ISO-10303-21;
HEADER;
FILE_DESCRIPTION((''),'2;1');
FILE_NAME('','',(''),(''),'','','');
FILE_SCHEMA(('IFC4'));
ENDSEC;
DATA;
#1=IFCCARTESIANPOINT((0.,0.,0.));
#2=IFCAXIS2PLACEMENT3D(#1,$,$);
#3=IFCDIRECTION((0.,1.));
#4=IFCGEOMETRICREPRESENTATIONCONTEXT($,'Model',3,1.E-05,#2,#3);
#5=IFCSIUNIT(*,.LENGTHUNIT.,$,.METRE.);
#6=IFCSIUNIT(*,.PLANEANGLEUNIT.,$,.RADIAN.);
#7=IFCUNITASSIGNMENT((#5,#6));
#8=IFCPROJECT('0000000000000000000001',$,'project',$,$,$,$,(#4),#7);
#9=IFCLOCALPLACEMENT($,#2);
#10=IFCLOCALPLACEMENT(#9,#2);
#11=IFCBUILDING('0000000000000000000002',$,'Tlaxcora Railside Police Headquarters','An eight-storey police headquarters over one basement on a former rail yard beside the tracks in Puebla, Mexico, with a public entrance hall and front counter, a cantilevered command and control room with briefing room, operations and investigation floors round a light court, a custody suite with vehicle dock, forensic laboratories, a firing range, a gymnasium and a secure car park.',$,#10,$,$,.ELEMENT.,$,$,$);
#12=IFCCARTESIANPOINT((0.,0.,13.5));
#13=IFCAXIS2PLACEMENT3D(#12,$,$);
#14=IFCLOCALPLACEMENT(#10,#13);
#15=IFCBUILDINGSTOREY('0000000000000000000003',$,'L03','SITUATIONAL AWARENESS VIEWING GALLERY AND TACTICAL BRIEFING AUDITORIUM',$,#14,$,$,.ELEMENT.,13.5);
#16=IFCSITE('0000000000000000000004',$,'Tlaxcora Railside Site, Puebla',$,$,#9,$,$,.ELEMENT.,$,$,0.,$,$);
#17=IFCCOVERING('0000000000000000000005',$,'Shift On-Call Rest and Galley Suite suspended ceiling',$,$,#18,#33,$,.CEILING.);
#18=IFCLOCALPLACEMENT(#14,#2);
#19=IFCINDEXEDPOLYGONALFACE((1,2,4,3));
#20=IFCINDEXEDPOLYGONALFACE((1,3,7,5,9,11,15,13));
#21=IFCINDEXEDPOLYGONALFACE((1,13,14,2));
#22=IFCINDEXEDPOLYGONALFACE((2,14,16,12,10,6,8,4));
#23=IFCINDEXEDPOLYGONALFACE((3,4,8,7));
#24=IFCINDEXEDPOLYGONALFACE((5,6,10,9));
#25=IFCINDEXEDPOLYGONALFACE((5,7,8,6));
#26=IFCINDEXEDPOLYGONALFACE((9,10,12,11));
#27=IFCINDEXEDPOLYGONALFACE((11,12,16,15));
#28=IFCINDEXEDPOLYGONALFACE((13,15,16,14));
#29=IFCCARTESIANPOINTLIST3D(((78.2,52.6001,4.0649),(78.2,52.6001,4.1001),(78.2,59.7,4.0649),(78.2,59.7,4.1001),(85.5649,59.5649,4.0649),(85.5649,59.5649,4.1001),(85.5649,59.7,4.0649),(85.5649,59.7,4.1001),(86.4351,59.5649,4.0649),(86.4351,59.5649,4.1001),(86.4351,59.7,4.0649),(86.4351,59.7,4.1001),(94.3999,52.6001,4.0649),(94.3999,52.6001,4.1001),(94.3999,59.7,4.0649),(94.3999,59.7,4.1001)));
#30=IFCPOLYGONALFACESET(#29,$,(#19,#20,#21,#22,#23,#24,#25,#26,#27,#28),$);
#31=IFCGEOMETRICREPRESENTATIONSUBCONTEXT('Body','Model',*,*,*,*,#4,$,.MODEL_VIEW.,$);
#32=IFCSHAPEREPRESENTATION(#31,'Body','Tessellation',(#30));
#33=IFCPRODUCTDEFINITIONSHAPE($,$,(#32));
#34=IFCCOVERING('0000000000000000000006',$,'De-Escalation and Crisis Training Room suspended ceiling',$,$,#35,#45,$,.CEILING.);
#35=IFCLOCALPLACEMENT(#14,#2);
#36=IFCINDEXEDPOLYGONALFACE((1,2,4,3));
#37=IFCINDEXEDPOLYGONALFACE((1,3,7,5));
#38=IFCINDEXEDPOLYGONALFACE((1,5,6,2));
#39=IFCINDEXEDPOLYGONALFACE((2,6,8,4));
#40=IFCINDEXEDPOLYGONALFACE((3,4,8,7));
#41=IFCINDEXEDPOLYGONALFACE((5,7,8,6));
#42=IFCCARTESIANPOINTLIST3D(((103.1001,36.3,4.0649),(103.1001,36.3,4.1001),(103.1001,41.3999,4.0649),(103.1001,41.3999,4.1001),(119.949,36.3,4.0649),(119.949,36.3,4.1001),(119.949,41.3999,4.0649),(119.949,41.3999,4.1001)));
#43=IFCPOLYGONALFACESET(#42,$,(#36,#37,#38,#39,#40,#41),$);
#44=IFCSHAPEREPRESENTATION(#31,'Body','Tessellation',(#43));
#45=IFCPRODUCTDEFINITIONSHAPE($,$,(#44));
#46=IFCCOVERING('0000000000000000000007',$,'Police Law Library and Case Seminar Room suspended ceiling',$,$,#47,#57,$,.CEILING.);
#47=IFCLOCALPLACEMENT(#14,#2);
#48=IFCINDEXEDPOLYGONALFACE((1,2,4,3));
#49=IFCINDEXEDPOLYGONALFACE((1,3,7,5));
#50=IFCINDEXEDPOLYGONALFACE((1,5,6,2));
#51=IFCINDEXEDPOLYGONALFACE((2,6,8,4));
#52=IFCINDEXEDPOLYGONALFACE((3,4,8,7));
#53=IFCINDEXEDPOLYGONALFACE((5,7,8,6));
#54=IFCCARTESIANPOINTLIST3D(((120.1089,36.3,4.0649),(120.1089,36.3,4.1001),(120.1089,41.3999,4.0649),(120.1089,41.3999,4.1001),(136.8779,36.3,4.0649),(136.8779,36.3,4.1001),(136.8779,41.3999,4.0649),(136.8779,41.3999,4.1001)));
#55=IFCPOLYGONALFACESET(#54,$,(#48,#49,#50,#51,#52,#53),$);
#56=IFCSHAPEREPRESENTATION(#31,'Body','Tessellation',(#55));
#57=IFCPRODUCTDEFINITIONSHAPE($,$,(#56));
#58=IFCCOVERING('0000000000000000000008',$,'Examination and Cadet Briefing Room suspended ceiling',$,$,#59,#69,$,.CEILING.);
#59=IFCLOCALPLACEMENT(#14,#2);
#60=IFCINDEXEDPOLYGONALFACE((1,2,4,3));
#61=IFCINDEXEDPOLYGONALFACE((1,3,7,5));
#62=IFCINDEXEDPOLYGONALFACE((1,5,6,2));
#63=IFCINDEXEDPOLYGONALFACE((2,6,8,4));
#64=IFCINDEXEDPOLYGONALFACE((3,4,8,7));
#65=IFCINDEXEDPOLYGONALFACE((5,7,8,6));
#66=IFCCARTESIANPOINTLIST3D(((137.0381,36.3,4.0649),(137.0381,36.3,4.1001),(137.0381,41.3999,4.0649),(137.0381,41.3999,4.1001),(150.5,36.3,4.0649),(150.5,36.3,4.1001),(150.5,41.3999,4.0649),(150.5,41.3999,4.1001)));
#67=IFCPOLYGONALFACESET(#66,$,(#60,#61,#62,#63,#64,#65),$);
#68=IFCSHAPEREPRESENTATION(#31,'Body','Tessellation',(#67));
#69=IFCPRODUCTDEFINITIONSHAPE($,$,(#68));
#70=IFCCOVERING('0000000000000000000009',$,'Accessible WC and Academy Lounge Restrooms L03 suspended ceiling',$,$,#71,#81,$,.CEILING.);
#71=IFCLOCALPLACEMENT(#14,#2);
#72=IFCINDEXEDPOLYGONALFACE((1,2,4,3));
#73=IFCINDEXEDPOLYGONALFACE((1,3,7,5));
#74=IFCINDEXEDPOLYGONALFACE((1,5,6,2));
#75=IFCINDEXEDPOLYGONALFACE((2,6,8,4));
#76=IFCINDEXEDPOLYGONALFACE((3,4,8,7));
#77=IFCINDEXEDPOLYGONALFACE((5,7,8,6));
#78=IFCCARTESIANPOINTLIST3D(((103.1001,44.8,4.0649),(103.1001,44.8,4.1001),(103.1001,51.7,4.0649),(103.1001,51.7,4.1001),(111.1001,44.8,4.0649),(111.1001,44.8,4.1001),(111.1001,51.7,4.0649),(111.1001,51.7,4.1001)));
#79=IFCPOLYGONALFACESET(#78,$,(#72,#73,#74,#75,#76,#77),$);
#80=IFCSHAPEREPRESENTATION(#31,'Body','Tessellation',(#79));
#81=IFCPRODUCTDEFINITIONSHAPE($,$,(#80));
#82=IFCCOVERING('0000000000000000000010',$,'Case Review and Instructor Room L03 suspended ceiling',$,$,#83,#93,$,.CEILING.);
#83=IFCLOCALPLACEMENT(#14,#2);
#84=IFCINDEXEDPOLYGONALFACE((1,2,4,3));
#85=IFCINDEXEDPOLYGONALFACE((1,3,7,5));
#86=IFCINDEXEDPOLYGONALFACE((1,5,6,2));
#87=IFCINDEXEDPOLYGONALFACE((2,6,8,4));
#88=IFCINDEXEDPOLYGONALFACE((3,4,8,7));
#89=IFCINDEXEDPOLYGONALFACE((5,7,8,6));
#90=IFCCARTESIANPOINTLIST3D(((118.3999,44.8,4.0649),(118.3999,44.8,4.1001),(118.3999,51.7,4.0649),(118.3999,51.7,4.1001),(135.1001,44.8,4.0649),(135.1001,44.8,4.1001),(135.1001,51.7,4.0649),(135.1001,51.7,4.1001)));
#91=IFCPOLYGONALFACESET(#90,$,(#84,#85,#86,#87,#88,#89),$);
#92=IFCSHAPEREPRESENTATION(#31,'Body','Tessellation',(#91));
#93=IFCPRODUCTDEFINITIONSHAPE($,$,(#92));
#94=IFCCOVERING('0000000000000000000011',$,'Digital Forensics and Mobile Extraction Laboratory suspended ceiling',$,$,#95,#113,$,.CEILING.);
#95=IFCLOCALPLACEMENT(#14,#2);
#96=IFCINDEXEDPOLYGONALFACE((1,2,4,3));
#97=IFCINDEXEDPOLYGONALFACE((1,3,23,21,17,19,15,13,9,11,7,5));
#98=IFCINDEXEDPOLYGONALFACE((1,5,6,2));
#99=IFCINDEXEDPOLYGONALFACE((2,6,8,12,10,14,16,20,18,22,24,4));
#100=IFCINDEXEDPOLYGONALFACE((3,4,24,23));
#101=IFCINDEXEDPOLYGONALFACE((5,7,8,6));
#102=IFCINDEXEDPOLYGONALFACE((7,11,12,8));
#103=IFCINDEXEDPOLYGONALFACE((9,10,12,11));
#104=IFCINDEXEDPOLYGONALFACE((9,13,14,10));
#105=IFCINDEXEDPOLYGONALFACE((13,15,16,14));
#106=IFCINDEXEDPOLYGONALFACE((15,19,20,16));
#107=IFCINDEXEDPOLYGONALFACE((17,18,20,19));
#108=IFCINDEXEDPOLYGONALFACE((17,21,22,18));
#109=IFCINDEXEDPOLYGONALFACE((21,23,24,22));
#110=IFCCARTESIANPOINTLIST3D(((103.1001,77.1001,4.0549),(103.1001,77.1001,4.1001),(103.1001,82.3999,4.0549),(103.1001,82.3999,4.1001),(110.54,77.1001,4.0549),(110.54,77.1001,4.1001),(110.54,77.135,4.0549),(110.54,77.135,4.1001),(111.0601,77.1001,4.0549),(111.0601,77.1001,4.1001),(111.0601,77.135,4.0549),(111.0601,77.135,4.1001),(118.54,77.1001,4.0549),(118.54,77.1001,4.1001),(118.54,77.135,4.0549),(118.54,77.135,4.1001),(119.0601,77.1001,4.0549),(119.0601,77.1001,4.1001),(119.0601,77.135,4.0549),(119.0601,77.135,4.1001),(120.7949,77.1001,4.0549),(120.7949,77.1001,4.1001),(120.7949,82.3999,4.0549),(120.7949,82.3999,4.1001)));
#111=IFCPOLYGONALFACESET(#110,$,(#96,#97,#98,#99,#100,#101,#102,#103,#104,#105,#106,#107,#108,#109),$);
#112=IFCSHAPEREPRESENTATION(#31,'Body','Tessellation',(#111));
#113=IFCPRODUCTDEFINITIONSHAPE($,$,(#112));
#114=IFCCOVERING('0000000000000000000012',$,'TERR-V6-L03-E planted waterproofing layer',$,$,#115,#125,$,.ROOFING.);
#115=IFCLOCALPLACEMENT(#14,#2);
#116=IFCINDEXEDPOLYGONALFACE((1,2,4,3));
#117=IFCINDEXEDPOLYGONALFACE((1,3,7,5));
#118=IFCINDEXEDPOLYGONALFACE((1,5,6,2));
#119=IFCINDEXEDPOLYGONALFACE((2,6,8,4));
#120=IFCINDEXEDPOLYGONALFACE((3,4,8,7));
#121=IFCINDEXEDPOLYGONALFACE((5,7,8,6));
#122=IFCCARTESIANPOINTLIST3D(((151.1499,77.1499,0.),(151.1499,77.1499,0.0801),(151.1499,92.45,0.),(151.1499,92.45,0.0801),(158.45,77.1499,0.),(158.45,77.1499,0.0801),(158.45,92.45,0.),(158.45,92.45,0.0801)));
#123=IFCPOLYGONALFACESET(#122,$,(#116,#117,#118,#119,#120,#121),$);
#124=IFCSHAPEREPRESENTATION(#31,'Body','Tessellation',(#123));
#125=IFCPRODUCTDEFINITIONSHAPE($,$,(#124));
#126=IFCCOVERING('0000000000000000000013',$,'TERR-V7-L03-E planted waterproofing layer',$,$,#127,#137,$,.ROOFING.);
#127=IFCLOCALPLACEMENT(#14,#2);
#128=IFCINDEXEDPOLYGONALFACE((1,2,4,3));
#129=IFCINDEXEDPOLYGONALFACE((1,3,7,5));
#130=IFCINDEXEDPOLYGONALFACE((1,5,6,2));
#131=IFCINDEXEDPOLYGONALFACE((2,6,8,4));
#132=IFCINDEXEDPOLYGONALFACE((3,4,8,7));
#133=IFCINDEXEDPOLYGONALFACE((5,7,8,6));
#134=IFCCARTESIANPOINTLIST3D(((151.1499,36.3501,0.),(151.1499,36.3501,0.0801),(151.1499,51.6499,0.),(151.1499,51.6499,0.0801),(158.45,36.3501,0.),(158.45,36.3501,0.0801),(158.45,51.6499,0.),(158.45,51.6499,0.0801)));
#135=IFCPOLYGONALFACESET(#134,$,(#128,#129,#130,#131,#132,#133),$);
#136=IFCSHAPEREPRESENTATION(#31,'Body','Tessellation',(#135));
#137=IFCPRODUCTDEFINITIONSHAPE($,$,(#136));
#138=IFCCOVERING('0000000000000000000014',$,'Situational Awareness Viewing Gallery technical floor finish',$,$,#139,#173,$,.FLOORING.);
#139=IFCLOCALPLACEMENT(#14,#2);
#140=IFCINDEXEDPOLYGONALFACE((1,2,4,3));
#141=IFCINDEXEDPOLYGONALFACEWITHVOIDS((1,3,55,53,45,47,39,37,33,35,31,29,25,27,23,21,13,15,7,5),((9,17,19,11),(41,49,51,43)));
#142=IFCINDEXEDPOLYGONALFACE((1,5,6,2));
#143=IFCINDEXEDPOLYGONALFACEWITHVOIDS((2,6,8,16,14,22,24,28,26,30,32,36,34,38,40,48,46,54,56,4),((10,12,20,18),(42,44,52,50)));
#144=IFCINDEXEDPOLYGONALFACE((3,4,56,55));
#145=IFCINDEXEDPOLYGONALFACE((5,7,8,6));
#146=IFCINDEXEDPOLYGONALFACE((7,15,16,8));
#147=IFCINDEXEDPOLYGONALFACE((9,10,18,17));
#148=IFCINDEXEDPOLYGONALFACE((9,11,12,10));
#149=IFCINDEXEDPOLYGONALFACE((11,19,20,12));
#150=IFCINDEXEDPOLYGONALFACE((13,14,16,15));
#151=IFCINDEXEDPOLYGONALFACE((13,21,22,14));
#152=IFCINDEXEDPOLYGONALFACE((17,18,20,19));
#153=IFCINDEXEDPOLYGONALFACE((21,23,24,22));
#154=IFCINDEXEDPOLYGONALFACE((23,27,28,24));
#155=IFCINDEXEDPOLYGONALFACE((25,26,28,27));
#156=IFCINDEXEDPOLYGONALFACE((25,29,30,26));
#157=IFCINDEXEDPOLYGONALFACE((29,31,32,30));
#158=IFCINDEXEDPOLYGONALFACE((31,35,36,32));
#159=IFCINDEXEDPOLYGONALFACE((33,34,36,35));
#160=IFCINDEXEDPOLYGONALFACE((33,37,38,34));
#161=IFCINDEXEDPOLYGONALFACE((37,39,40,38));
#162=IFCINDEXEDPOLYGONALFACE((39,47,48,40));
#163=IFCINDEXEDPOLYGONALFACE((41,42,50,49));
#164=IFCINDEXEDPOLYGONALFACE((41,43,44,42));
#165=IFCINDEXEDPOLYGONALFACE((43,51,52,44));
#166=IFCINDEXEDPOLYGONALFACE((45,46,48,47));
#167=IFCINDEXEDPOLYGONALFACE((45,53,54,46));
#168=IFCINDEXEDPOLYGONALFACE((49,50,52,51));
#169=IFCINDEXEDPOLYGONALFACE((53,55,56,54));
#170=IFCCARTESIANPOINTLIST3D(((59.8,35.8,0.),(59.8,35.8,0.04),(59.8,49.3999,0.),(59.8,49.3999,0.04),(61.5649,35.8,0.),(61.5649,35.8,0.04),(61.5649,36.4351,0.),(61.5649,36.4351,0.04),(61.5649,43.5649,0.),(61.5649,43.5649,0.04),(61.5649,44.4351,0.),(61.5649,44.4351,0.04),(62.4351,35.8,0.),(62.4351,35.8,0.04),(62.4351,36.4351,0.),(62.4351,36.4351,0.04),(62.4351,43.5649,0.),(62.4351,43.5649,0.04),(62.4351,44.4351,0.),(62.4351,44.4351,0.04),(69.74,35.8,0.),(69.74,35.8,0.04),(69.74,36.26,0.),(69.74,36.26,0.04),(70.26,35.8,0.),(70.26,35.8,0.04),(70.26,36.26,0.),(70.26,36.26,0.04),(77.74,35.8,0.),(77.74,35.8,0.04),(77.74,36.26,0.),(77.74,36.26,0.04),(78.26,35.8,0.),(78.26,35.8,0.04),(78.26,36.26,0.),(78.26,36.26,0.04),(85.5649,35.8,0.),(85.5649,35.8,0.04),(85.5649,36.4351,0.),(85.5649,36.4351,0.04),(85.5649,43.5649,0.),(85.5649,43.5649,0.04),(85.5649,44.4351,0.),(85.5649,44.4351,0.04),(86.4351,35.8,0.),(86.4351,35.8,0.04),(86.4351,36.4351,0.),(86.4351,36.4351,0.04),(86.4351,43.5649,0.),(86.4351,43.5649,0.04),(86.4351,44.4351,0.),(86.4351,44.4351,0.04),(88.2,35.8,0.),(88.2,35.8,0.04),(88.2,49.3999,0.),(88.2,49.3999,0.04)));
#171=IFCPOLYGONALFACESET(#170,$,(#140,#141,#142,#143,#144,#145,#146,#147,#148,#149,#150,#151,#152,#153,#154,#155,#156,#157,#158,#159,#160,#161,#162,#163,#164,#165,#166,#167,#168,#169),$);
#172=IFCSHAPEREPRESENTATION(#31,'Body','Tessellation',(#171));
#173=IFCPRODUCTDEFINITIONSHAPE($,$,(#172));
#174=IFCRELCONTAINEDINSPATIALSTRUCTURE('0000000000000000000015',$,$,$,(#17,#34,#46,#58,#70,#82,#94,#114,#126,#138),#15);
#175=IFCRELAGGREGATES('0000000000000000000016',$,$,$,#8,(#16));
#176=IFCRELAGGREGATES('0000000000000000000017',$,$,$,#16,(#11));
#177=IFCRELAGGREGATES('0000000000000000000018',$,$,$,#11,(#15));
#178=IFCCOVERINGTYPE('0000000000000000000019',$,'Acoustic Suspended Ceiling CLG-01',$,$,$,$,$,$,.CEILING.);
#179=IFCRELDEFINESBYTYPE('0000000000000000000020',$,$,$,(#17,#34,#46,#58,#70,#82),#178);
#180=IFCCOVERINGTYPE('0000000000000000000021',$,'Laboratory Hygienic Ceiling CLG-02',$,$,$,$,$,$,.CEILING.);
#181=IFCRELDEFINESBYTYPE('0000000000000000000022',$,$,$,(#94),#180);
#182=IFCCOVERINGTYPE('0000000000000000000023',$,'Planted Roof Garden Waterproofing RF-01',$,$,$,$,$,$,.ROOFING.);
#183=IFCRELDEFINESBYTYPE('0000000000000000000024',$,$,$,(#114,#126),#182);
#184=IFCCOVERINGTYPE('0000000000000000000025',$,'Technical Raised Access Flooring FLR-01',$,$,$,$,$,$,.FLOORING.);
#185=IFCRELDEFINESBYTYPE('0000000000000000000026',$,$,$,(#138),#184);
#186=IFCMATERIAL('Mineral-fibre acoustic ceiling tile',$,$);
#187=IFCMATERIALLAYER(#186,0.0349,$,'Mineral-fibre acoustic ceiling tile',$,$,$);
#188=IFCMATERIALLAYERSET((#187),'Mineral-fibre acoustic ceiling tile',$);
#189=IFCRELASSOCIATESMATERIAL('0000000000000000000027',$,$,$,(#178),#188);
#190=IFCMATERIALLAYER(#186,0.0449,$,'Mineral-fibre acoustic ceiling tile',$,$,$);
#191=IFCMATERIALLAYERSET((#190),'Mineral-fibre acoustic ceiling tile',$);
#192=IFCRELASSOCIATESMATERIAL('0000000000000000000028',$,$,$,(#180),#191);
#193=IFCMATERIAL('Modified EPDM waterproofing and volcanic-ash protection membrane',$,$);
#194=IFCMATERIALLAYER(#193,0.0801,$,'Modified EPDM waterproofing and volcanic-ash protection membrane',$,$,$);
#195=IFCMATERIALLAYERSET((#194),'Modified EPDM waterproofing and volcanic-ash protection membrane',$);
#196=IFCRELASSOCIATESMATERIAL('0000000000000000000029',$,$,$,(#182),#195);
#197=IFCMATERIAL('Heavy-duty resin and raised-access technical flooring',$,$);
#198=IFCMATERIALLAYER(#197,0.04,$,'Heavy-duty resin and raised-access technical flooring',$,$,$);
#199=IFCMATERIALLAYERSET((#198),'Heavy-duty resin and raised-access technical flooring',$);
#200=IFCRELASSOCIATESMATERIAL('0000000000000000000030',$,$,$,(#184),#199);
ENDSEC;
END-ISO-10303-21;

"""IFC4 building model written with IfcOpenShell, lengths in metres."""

from ifc_helpers import new_model, si_unit, direction, frame, origin, place, context, subcontext, project, spatial, polyline, outline, extrude, material, layer, layer_set, type_object, element, save


model = new_model("IFC4")

# Units and contexts
model_context = context("Model", 3, precision=1e-05, world=origin(), true_north=direction((0.0, 1.0)))
body_context = subcontext(model_context, "Body", "Model", "MODEL_VIEW")
ifc_project = project(units=[si_unit("LENGTHUNIT", "METRE"), si_unit("PLANEANGLEUNIT", "RADIAN")], contexts=[model_context])

# Site, building, storey
site_placement = place(None, origin())
site = spatial("IfcSite", under=ifc_project, at=site_placement, Name="Tlaxcora Railside Site, Puebla", CompositionType="ELEMENT", RefElevation=0.0)
building_placement = place(site_placement, origin())
building = spatial("IfcBuilding", under=site, at=building_placement, Name="Tlaxcora Railside Police Headquarters", Description="An eight-storey police headquarters over one basement on a former rail yard beside the tracks in Puebla, Mexico, with a public entrance hall and front counter, a cantilevered command and control room with briefing room, operations and investigation floors round a light court, a custody suite with vehicle dock, forensic laboratories, a firing range, a gymnasium and a secure car park.", CompositionType="ELEMENT")
storey_placement = place(building_placement, frame((0.0, 0.0, 13.5)))
storey = spatial("IfcBuildingStorey", under=building, at=storey_placement, Name="L03", Description="SITUATIONAL AWARENESS VIEWING GALLERY AND TACTICAL BRIEFING AUDITORIUM", CompositionType="ELEMENT", Elevation=13.5)

# Coverings
ifc_material_1 = material(Name="Mineral-fibre acoustic ceiling tile")
ifc_layer_1 = layer(ifc_material_1, 0.0349, Name="Mineral-fibre acoustic ceiling tile")
ifc_layer_set_1 = layer_set([ifc_layer_1], Name="Mineral-fibre acoustic ceiling tile")
covering_type_1 = type_object("IfcCoveringType", Name="Acoustic Suspended Ceiling CLG-01", PredefinedType="CEILING", material=ifc_layer_set_1)
covering_1_placement = place(storey_placement, frame((0.0, 0.0, 4.0649)))
element("IfcCovering", 1, at=covering_1_placement, inside=storey, type_object=covering_type_1, Name="Shift On-Call Rest and Galley Suite suspended ceiling", PredefinedType="CEILING", context=body_context, shape_type="SweptSolid", body=[
    extrude(outline(polyline([(78.2, 59.7), (78.2, 52.6001), (94.3999, 52.6001), (94.3999, 59.7), (86.4351, 59.7), (86.4351, 59.5649), (85.5649, 59.5649), (85.5649, 59.7), (78.2, 59.7)])), origin(), (0.0, 0.0, 1.0), 0.0352),
])
covering_2_placement = place(storey_placement, frame((0.0, 0.0, 4.0649)))
element("IfcCovering", 2, at=covering_2_placement, inside=storey, type_object=covering_type_1, Name="De-Escalation and Crisis Training Room suspended ceiling", PredefinedType="CEILING", context=body_context, shape_type="SweptSolid", body=[
    extrude(outline(polyline([(103.1001, 36.3), (119.949, 36.3), (119.949, 41.3999), (103.1001, 41.3999), (103.1001, 36.3)])), origin(), (0.0, 0.0, 1.0), 0.0352),
])
covering_3_placement = place(storey_placement, frame((0.0, 0.0, 4.0649)))
element("IfcCovering", 3, at=covering_3_placement, inside=storey, type_object=covering_type_1, Name="Police Law Library and Case Seminar Room suspended ceiling", PredefinedType="CEILING", context=body_context, shape_type="SweptSolid", body=[
    extrude(outline(polyline([(120.1089, 36.3), (136.8779, 36.3), (136.8779, 41.3999), (120.1089, 41.3999), (120.1089, 36.3)])), origin(), (0.0, 0.0, 1.0), 0.0352),
])
covering_4_placement = place(storey_placement, frame((0.0, 0.0, 4.0649)))
element("IfcCovering", 4, at=covering_4_placement, inside=storey, type_object=covering_type_1, Name="Examination and Cadet Briefing Room suspended ceiling", PredefinedType="CEILING", context=body_context, shape_type="SweptSolid", body=[
    extrude(outline(polyline([(137.0381, 36.3), (150.5, 36.3), (150.5, 41.3999), (137.0381, 41.3999), (137.0381, 36.3)])), origin(), (0.0, 0.0, 1.0), 0.0352),
])
covering_5_placement = place(storey_placement, frame((0.0, 0.0, 4.0649)))
element("IfcCovering", 5, at=covering_5_placement, inside=storey, type_object=covering_type_1, Name="Accessible WC and Academy Lounge Restrooms L03 suspended ceiling", PredefinedType="CEILING", context=body_context, shape_type="SweptSolid", body=[
    extrude(outline(polyline([(103.1001, 44.8), (111.1001, 44.8), (111.1001, 51.7), (103.1001, 51.7), (103.1001, 44.8)])), origin(), (0.0, 0.0, 1.0), 0.0352),
])
covering_6_placement = place(storey_placement, frame((0.0, 0.0, 4.0649)))
element("IfcCovering", 6, at=covering_6_placement, inside=storey, type_object=covering_type_1, Name="Case Review and Instructor Room L03 suspended ceiling", PredefinedType="CEILING", context=body_context, shape_type="SweptSolid", body=[
    extrude(outline(polyline([(118.3999, 44.8), (135.1001, 44.8), (135.1001, 51.7), (118.3999, 51.7), (118.3999, 44.8)])), origin(), (0.0, 0.0, 1.0), 0.0352),
])
ifc_layer_2 = layer(ifc_material_1, 0.0449, Name="Mineral-fibre acoustic ceiling tile")
ifc_layer_set_2 = layer_set([ifc_layer_2], Name="Mineral-fibre acoustic ceiling tile")
covering_type_2 = type_object("IfcCoveringType", Name="Laboratory Hygienic Ceiling CLG-02", PredefinedType="CEILING", material=ifc_layer_set_2)
covering_7_placement = place(storey_placement, frame((0.0, 0.0, 4.0549)))
element("IfcCovering", 7, at=covering_7_placement, inside=storey, type_object=covering_type_2, Name="Digital Forensics and Mobile Extraction Laboratory suspended ceiling", PredefinedType="CEILING", context=body_context, shape_type="SweptSolid", body=[
    extrude(outline(polyline([(120.7949, 82.3999), (103.1001, 82.3999), (103.1001, 77.1001), (110.54, 77.1001), (110.54, 77.135), (111.0601, 77.135), (111.0601, 77.1001), (118.54, 77.1001), (118.54, 77.135), (119.0601, 77.135), (119.0601, 77.1001), (120.7949, 77.1001), (120.7949, 82.3999)])), origin(), (0.0, 0.0, 1.0), 0.0452),
])
ifc_material_2 = material(Name="Modified EPDM waterproofing and volcanic-ash protection membrane")
ifc_layer_3 = layer(ifc_material_2, 0.0801, Name="Modified EPDM waterproofing and volcanic-ash protection membrane")
ifc_layer_set_3 = layer_set([ifc_layer_3], Name="Modified EPDM waterproofing and volcanic-ash protection membrane")
covering_type_3 = type_object("IfcCoveringType", Name="Planted Roof Garden Waterproofing RF-01", PredefinedType="ROOFING", material=ifc_layer_set_3)
covering_8_placement = place(storey_placement, origin())
element("IfcCovering", 8, at=covering_8_placement, inside=storey, type_object=covering_type_3, Name="TERR-V6-L03-E planted waterproofing layer", PredefinedType="ROOFING", context=body_context, shape_type="SweptSolid", body=[
    extrude(outline(polyline([(158.45, 77.1499), (158.45, 92.45), (151.1499, 92.45), (151.1499, 77.1499), (158.45, 77.1499)])), origin(), (0.0, 0.0, 1.0), 0.0801),
])
covering_9_placement = place(storey_placement, origin())
element("IfcCovering", 9, at=covering_9_placement, inside=storey, type_object=covering_type_3, Name="TERR-V7-L03-E planted waterproofing layer", PredefinedType="ROOFING", context=body_context, shape_type="SweptSolid", body=[
    extrude(outline(polyline([(158.45, 36.3501), (158.45, 51.6499), (151.1499, 51.6499), (151.1499, 36.3501), (158.45, 36.3501)])), origin(), (0.0, 0.0, 1.0), 0.0801),
])
ifc_material_3 = material(Name="Heavy-duty resin and raised-access technical flooring")
ifc_layer_4 = layer(ifc_material_3, 0.04, Name="Heavy-duty resin and raised-access technical flooring")
ifc_layer_set_4 = layer_set([ifc_layer_4], Name="Heavy-duty resin and raised-access technical flooring")
covering_type_4 = type_object("IfcCoveringType", Name="Technical Raised Access Flooring FLR-01", PredefinedType="FLOORING", material=ifc_layer_set_4)
covering_10_placement = place(storey_placement, origin())
element("IfcCovering", 10, at=covering_10_placement, inside=storey, type_object=covering_type_4, Name="Situational Awareness Viewing Gallery technical floor finish", PredefinedType="FLOORING", context=body_context, shape_type="SweptSolid", body=[
    extrude(outline(polyline([(69.74, 36.26), (70.26, 36.26), (70.26, 35.8), (77.74, 35.8), (77.74, 36.26), (78.26, 36.26), (78.26, 35.8), (85.5649, 35.8), (85.5649, 36.4351), (86.4351, 36.4351), (86.4351, 35.8), (88.2, 35.8), (88.2, 49.3999), (59.8, 49.3999), (59.8, 35.8), (61.5649, 35.8), (61.5649, 36.4351), (62.4351, 36.4351), (62.4351, 35.8), (69.74, 35.8), (69.74, 36.26)]), holes=[polyline([(62.4351, 43.5649), (61.5649, 43.5649), (61.5649, 44.4351), (62.4351, 44.4351), (62.4351, 43.5649)]), polyline([(86.4351, 43.5649), (85.5649, 43.5649), (85.5649, 44.4351), (86.4351, 44.4351), (86.4351, 43.5649)])]), origin(), (0.0, 0.0, 1.0), 0.04),
])

save(model, "model.ifc")
